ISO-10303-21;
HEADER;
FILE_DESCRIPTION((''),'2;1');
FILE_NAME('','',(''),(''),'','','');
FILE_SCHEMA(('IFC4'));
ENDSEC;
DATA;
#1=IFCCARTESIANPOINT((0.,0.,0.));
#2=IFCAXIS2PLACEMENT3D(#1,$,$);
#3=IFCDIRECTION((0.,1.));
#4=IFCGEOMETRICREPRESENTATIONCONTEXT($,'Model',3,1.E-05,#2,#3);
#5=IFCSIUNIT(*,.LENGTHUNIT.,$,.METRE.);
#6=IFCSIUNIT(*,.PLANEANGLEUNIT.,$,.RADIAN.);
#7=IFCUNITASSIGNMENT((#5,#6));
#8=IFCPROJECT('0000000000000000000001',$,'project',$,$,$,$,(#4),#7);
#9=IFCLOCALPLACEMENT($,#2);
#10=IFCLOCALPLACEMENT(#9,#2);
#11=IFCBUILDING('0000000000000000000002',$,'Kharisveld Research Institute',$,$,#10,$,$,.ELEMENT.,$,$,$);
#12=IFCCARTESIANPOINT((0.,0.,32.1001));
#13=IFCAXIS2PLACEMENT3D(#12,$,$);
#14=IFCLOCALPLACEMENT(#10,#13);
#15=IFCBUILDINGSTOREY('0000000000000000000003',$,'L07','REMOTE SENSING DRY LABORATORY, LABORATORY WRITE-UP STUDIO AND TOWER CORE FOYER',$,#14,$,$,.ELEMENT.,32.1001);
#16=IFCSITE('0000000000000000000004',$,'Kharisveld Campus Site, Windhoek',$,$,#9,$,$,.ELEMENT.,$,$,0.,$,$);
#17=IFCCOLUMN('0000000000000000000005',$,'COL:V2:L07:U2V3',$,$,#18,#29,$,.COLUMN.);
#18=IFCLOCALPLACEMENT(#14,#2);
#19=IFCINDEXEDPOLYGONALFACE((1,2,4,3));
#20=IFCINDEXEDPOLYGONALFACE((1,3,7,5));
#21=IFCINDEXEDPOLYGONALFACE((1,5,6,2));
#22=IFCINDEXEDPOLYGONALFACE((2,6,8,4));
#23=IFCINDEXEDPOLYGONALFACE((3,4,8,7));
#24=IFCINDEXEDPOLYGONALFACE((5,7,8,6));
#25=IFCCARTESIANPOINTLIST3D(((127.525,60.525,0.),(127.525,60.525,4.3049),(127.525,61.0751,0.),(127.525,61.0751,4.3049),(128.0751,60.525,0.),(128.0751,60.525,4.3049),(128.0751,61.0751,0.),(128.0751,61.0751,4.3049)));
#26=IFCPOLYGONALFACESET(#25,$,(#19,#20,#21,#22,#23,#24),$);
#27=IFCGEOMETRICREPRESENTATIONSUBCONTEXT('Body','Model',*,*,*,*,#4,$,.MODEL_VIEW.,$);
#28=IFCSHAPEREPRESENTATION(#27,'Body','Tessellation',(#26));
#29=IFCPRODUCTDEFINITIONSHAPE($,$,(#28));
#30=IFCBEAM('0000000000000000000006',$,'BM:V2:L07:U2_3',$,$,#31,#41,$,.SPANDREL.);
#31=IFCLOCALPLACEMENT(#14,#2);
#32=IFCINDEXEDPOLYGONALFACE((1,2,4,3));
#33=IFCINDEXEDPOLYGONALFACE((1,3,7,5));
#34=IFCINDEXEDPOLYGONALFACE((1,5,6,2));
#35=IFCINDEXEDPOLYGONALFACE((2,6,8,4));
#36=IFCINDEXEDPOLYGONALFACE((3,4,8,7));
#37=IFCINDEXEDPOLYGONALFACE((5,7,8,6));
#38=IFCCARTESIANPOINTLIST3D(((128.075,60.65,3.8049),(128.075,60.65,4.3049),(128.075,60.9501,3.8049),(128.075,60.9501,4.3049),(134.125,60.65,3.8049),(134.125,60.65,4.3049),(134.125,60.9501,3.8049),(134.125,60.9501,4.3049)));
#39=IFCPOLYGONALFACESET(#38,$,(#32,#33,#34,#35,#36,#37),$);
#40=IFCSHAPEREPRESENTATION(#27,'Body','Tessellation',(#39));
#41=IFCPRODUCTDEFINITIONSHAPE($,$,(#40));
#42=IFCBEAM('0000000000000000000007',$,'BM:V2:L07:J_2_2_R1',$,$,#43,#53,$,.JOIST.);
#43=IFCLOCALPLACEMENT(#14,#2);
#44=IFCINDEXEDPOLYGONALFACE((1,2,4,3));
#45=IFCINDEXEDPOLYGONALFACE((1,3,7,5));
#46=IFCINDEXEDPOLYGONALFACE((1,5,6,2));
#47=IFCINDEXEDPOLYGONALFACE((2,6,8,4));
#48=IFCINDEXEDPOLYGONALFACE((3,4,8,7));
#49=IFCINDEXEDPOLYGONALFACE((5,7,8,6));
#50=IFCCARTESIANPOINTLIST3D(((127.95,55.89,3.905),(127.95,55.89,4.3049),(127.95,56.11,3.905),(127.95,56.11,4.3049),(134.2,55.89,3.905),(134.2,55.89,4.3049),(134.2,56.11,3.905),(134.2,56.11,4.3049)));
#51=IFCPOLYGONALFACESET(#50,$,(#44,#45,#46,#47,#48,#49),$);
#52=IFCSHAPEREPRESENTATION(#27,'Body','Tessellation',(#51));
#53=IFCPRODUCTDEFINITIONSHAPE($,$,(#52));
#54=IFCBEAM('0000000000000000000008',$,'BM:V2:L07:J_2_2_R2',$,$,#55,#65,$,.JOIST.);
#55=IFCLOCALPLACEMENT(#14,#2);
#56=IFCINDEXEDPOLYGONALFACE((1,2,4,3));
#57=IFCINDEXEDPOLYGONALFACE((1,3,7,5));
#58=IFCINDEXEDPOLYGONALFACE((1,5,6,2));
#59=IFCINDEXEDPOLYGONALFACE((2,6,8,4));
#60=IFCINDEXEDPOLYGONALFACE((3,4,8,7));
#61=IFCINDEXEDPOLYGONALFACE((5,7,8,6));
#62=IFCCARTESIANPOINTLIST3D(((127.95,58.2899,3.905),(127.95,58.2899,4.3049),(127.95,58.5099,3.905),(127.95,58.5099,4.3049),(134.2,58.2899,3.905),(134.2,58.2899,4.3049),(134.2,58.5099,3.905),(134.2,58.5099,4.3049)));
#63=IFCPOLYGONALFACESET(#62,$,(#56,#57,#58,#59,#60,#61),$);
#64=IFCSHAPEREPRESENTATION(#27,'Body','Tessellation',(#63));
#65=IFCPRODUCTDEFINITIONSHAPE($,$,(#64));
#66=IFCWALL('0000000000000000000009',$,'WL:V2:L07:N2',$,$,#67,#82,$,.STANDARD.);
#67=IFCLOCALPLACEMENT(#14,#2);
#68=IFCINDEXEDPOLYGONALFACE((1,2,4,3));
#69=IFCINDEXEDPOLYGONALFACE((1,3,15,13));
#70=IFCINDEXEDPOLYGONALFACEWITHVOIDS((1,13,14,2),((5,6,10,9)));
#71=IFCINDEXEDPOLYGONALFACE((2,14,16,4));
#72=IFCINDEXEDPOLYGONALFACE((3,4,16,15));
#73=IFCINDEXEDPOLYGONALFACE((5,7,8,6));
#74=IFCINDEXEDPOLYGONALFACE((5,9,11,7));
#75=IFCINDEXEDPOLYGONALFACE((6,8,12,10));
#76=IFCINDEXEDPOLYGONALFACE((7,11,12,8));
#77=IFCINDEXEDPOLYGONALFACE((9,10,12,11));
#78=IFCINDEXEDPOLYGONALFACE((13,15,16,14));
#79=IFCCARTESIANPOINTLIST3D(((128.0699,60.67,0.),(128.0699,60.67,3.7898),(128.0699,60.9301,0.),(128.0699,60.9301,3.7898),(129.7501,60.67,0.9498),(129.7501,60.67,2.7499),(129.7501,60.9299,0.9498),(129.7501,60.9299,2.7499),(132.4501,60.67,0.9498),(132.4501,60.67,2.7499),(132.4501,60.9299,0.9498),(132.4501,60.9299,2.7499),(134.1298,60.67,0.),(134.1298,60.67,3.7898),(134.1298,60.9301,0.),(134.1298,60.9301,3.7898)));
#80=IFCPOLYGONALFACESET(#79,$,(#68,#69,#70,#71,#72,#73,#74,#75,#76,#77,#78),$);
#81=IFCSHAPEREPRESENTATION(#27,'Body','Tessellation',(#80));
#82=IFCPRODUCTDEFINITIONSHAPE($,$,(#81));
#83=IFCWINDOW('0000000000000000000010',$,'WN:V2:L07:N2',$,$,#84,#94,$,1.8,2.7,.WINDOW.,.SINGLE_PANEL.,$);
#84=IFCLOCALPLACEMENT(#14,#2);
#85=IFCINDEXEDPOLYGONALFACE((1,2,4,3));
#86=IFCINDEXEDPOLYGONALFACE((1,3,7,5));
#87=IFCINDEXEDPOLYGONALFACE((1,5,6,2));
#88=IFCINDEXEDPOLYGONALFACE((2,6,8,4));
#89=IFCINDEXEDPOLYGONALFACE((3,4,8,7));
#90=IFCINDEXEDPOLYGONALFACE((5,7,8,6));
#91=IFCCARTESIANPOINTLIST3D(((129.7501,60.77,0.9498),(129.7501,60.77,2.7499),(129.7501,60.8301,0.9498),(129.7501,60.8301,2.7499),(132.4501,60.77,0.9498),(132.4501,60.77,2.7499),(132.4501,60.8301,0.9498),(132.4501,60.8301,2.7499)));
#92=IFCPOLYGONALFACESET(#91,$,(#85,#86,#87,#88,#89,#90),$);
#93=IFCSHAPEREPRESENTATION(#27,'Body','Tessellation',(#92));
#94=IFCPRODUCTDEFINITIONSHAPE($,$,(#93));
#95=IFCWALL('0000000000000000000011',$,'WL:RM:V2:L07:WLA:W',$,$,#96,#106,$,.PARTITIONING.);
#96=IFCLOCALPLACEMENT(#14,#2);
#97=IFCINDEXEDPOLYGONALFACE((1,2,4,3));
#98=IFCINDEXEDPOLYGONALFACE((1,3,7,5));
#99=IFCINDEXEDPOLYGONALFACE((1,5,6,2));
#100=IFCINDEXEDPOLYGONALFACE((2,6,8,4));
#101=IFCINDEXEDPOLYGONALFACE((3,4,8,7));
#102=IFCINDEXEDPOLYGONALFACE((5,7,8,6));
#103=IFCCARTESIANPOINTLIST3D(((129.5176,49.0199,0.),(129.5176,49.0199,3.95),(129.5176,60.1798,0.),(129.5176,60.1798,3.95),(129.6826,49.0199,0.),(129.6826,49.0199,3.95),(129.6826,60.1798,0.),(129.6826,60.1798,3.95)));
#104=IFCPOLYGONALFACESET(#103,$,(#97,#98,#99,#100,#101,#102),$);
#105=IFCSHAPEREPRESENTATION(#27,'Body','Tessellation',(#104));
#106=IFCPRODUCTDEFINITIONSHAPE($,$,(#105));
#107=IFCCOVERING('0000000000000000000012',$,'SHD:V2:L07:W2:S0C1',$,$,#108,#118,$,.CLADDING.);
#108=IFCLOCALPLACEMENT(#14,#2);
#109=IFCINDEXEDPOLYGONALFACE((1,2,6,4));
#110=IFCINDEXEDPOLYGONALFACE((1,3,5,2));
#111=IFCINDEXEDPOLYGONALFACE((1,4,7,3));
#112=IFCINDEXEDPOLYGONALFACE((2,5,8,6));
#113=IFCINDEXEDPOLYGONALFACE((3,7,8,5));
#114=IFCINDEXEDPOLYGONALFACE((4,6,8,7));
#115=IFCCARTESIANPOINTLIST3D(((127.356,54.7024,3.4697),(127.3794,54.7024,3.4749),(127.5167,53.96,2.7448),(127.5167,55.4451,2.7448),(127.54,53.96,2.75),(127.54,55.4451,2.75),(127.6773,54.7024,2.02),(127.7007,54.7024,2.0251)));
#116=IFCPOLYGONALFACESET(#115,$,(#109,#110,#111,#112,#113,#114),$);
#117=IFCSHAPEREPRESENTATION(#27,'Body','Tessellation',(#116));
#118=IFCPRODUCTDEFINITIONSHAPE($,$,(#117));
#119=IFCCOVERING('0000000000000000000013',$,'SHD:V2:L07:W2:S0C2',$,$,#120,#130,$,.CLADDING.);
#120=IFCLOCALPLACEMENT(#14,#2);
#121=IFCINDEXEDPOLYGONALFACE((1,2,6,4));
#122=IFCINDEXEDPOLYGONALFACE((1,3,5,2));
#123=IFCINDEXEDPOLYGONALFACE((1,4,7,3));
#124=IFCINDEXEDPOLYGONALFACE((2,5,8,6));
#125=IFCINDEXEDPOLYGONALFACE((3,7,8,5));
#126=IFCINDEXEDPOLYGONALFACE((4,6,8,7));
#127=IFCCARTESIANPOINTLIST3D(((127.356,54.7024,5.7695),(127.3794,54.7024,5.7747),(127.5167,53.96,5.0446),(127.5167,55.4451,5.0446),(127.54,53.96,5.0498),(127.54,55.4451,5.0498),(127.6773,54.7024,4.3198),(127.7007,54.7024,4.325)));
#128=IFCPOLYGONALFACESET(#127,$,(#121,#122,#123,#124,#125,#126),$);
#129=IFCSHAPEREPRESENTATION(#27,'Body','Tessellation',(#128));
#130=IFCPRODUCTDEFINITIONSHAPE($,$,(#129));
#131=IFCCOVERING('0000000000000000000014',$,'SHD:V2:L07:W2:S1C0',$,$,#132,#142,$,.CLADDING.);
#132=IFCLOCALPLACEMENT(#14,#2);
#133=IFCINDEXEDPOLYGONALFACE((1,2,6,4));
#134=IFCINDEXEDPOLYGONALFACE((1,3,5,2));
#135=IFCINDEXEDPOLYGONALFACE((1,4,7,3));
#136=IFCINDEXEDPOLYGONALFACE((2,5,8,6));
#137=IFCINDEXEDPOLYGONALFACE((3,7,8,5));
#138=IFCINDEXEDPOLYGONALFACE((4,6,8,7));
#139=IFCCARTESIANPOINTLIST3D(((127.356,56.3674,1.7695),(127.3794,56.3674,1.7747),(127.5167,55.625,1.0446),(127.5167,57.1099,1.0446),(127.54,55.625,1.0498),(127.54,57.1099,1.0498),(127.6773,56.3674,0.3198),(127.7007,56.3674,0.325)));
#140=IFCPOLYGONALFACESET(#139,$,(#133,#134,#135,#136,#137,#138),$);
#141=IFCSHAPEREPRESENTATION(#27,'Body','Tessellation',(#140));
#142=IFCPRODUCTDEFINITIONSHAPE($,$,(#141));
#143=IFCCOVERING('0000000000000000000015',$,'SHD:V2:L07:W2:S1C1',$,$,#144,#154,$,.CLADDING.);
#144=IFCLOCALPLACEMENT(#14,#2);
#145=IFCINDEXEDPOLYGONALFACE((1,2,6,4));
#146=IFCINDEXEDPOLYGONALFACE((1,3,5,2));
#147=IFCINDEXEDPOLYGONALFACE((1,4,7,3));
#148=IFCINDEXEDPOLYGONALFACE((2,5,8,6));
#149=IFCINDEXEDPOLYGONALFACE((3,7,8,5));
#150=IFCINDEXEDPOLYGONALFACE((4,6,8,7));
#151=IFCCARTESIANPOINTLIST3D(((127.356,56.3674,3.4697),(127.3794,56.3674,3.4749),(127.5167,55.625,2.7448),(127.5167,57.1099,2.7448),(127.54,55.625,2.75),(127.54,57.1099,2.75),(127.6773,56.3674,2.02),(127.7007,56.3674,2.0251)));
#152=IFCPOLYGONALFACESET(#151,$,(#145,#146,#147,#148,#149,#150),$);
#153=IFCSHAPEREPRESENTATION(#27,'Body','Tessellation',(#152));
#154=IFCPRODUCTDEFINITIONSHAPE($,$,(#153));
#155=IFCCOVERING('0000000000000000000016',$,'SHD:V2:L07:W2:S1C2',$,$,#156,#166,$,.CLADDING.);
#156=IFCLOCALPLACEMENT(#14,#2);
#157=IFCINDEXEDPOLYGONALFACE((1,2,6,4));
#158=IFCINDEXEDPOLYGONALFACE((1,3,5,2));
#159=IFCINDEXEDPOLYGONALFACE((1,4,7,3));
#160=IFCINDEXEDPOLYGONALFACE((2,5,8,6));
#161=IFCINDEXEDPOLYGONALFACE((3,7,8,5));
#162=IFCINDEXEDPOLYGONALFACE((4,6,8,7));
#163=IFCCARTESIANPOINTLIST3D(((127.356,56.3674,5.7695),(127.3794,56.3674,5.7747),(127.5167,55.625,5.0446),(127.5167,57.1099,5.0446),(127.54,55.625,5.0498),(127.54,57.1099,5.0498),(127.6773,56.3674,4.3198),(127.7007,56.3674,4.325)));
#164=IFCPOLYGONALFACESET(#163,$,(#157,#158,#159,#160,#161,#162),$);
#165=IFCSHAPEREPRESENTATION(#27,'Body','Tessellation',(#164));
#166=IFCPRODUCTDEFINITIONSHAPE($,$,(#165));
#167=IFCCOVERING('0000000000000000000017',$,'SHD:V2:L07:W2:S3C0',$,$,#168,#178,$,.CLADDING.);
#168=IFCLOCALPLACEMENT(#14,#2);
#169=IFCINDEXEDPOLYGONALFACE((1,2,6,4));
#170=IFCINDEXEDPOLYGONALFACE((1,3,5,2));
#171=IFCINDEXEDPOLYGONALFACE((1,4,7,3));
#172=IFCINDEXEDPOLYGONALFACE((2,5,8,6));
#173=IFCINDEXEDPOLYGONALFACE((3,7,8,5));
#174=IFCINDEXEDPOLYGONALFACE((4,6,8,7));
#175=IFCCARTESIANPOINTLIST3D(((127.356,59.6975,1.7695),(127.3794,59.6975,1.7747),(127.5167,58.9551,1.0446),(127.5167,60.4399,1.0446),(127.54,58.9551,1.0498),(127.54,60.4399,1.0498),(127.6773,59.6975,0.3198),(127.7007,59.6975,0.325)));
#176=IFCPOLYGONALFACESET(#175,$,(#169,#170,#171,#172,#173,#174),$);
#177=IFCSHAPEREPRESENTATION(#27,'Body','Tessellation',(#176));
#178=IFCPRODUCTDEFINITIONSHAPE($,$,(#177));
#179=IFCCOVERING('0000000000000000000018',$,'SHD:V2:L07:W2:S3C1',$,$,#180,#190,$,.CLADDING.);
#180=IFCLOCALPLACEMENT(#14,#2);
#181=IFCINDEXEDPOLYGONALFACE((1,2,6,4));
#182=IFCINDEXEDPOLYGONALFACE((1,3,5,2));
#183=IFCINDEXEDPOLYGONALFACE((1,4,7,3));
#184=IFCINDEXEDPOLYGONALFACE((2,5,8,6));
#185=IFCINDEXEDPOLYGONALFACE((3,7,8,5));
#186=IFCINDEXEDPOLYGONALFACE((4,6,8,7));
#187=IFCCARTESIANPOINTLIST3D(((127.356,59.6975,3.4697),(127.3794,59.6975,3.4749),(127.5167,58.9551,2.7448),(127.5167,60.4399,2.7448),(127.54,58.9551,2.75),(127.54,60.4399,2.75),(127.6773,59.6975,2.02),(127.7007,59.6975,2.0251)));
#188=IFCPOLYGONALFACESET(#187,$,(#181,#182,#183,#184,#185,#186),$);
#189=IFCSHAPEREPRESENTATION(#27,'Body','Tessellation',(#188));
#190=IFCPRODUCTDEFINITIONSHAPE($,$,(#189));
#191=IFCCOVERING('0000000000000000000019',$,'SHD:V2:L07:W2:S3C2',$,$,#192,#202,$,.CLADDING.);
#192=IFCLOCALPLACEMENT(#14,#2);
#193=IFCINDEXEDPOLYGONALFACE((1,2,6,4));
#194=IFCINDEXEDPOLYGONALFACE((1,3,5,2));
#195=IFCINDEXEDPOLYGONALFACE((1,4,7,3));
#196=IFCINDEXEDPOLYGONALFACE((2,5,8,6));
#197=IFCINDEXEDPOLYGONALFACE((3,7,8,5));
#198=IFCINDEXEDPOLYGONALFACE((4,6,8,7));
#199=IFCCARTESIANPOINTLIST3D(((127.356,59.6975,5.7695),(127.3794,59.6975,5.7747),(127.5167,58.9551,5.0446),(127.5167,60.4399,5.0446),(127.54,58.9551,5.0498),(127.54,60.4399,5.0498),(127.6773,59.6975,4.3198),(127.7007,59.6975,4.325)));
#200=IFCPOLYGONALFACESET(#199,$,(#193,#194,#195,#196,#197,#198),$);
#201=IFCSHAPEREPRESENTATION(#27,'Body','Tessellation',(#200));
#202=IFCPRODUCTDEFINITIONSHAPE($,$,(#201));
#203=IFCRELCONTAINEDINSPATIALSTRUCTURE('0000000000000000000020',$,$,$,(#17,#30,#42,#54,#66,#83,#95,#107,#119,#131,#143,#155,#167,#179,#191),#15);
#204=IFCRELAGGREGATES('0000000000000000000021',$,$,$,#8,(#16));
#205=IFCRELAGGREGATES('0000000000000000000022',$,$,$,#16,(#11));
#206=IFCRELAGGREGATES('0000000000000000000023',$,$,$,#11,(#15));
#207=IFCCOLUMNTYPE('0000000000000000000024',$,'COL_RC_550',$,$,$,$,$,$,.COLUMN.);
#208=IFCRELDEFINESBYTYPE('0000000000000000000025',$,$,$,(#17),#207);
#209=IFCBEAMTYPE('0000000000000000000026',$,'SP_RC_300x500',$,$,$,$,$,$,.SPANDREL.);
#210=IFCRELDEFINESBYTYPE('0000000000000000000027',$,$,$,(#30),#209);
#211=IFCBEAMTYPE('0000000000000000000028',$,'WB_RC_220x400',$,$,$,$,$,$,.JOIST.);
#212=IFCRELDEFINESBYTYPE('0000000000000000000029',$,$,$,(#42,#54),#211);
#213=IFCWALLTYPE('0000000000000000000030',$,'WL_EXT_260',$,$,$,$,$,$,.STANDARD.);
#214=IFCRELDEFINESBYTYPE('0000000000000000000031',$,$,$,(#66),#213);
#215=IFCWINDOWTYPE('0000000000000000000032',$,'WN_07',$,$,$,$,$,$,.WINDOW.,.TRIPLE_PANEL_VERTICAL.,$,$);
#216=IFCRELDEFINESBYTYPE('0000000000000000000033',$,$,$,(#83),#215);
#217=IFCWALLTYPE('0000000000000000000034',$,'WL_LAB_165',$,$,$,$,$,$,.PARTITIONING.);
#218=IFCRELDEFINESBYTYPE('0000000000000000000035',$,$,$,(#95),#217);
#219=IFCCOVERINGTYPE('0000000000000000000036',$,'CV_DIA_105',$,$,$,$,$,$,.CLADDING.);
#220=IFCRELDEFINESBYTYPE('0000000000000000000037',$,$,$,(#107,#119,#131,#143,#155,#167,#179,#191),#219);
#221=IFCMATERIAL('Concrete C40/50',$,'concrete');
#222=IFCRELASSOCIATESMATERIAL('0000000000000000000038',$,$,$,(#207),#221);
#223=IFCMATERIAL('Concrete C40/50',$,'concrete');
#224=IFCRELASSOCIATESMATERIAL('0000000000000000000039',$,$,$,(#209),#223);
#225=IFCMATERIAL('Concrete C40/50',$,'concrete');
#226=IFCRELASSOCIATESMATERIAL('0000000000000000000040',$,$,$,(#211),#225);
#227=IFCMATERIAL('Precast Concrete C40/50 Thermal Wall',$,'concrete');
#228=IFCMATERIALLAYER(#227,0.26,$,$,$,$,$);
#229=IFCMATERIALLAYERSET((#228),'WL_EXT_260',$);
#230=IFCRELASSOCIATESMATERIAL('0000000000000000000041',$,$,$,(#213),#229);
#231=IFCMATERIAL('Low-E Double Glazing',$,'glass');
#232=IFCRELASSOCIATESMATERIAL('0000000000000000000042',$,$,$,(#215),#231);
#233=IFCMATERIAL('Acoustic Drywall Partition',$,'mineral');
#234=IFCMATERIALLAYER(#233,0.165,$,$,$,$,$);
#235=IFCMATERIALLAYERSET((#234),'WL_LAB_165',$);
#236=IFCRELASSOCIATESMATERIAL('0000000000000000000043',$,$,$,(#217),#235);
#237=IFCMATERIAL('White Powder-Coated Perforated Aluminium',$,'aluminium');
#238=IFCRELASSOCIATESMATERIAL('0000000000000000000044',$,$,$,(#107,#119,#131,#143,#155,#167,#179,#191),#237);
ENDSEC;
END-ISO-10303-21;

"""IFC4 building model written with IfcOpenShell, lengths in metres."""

from ifc_helpers import new_model, si_unit, direction, frame, frame_2d, origin, origin_2d, place, context, subcontext, project, spatial, polyline, rectangle, outline, extrude, material, layer, layer_set, material_profile, profile_set, type_object, element, fill, save


model = new_model("IFC4")

# Units and contexts
model_context = context("Model", 3, precision=1e-05, world=origin(), true_north=direction((0.0, 1.0)))
body_context = subcontext(model_context, "Body", "Model", "MODEL_VIEW")
ifc_project = project(units=[si_unit("LENGTHUNIT", "METRE"), si_unit("PLANEANGLEUNIT", "RADIAN")], contexts=[model_context])

# Site, building, storey
site_placement = place(None, origin())
site = spatial("IfcSite", under=ifc_project, at=site_placement, Name="Kharisveld Campus Site, Windhoek", CompositionType="ELEMENT", RefElevation=0.0)
building_placement = place(site_placement, origin())
building = spatial("IfcBuilding", under=site, at=building_placement, Name="Kharisveld Research Institute", CompositionType="ELEMENT")
storey_placement = place(building_placement, frame((0.0, 0.0, 32.1001)))
storey = spatial("IfcBuildingStorey", under=building, at=storey_placement, Name="L07", Description="REMOTE SENSING DRY LABORATORY, LABORATORY WRITE-UP STUDIO AND TOWER CORE FOYER", CompositionType="ELEMENT", Elevation=32.1001)

# Column
ifc_material_1 = material(Name="Concrete C40/50", Category="concrete")
ifc_material_profile_1 = material_profile(ifc_material_1, rectangle(XDim=0.55, YDim=0.55, at=origin_2d()))
ifc_profile_set_1 = profile_set([ifc_material_profile_1], Name="Concrete C40/50")
column_type = type_object("IfcColumnType", Name="COL_RC_550", PredefinedType="COLUMN", material=ifc_profile_set_1)
column_placement = place(storey_placement, frame((127.8, 60.8, 0.0), z_axis=(0.0, 0.0, 1.0), x_axis=(1.0, 0.0, 0.0)))
element("IfcColumn", 1, at=column_placement, inside=storey, type_object=column_type, Name="COL:V2:L07:U2V3", PredefinedType="COLUMN", context=body_context, shape_type="SweptSolid", body=[
    extrude(rectangle(XDim=0.55, YDim=0.55, at=origin_2d()), origin(), (0.0, 0.0, 1.0), 4.3049),
])

# Beams
ifc_material_2 = material(Name="Concrete C40/50", Category="concrete")
ifc_material_profile_2 = material_profile(ifc_material_2, rectangle(XDim=0.3, YDim=0.5, at=origin_2d()))
ifc_profile_set_2 = profile_set([ifc_material_profile_2], Name="Concrete C40/50")
beam_type_1 = type_object("IfcBeamType", Name="SP_RC_300x500", PredefinedType="SPANDREL", material=ifc_profile_set_2)
beam_placement = place(storey_placement, frame((128.075, 60.8, 4.0549), z_axis=(1.0, 0.0, 0.0), x_axis=(0.0, 1.0, 0.0)))
element("IfcBeam", 2, at=beam_placement, inside=storey, type_object=beam_type_1, Name="BM:V2:L07:U2_3", PredefinedType="SPANDREL", context=body_context, shape_type="SweptSolid", body=[
    extrude(rectangle(XDim=0.3, YDim=0.5, at=origin_2d()), origin(), (0.0, 0.0, 1.0), 6.05),
])
ifc_material_3 = material(Name="Concrete C40/50", Category="concrete")
ifc_material_profile_3 = material_profile(ifc_material_3, rectangle(XDim=0.22, YDim=0.3999, at=origin_2d()))
ifc_profile_set_3 = profile_set([ifc_material_profile_3], Name="Concrete C40/50")
beam_type_2 = type_object("IfcBeamType", Name="WB_RC_220x400", PredefinedType="JOIST", material=ifc_profile_set_3)
for number, where, z_axis, x_axis, name in (
    (3, (127.95, 56.0, 4.105), (1.0, 0.0, 0.0), (0.0, 1.0, 0.0), "BM:V2:L07:J_2_2_R1"),
    (4, (127.95, 58.3999, 4.105), (1.0, 0.0, 0.0), (0.0, 1.0, 0.0), "BM:V2:L07:J_2_2_R2"),
):
    element("IfcBeam", number, at=place(storey_placement, frame(where, z_axis=z_axis, x_axis=x_axis)), inside=storey, type_object=beam_type_2, Name=name, PredefinedType="JOIST", context=body_context, shape_type="SweptSolid", body=[
        extrude(rectangle(XDim=0.22, YDim=0.3999, at=origin_2d()), origin(), (0.0, 0.0, 1.0), 6.25),
    ])

# Wall, opening, window
ifc_material_4 = material(Name="Precast Concrete C40/50 Thermal Wall", Category="concrete")
ifc_layer_1 = layer(ifc_material_4, 0.26)
ifc_layer_set_1 = layer_set([ifc_layer_1], Name="WL_EXT_260")
wall_type_1 = type_object("IfcWallType", Name="WL_EXT_260", PredefinedType="STANDARD", material=ifc_layer_set_1)
wall_1_placement = place(storey_placement, frame((128.0701, 60.8, 0.0), z_axis=(0.0, 0.0, 1.0), x_axis=(1.0, 0.0, 0.0)))
wall_1 = element("IfcWall", 5, at=wall_1_placement, inside=storey, type_object=wall_type_1, Name="WL:V2:L07:N2", PredefinedType="STANDARD", context=body_context, shape_type="SweptSolid", body=[
    extrude(rectangle(XDim=6.0598, YDim=0.26, at=frame_2d((3.0298, 0.0))), origin(), (0.0, 0.0, 1.0), 3.7898),
])
opening_placement = place(wall_1_placement, frame((1.6799, 0.0, 0.95)))
opening = element("IfcOpeningElement", 6, at=opening_placement, cuts=wall_1, PredefinedType="OPENING", context=body_context, shape_type="SweptSolid", body=[
    extrude(rectangle(XDim=2.7, YDim=1.8, at=frame_2d((1.3501, 0.8999))), frame((0.0, 0.1299, 0.0), z_axis=(0.0, -1.0, 0.0), x_axis=(1.0, 0.0, 0.0)), (0.0, 0.0, 1.0), 0.26),
])
ifc_material_5 = material(Name="Low-E Double Glazing", Category="glass")
window_type = type_object("IfcWindowType", Name="WN_07", PartitioningType="TRIPLE_PANEL_VERTICAL", PredefinedType="WINDOW", material=ifc_material_5)
window_placement = place(opening_placement, origin())
window = element("IfcWindow", 7, at=window_placement, inside=storey, type_object=window_type, Name="WN:V2:L07:N2", OverallHeight=1.8, OverallWidth=2.7, PartitioningType="SINGLE_PANEL", PredefinedType="WINDOW", context=body_context, shape_type="SweptSolid", body=[
    extrude(rectangle(XDim=2.7, YDim=1.8, at=frame_2d((1.3501, 0.8999))), frame((0.0, 0.03, 0.0), z_axis=(0.0, -1.0, 0.0), x_axis=(1.0, 0.0, 0.0)), (0.0, 0.0, 1.0), 0.0601),
])
fill(opening, window)

# Wall
ifc_material_6 = material(Name="Acoustic Drywall Partition", Category="mineral")
ifc_layer_2 = layer(ifc_material_6, 0.165)
ifc_layer_set_2 = layer_set([ifc_layer_2], Name="WL_LAB_165")
wall_type_2 = type_object("IfcWallType", Name="WL_LAB_165", PredefinedType="PARTITIONING", material=ifc_layer_set_2)
wall_2_placement = place(storey_placement, frame((129.6001, 60.1799, 0.0), z_axis=(0.0, 0.0, 1.0), x_axis=(0.0, -1.0, 0.0)))
element("IfcWall", 8, at=wall_2_placement, inside=storey, type_object=wall_type_2, Name="WL:RM:V2:L07:WLA:W", PredefinedType="PARTITIONING", context=body_context, shape_type="SweptSolid", body=[
    extrude(rectangle(XDim=11.1599, YDim=0.165, at=frame_2d((5.5801, 0.0))), origin(), (0.0, 0.0, 1.0), 3.95),
])

# Coverings
ifc_material_7 = material(Name="White Powder-Coated Perforated Aluminium", Category="aluminium")
covering_type = type_object("IfcCoveringType", Name="CV_DIA_105", PredefinedType="CLADDING")
for number, where, z_axis, x_axis, name in (
    (9, (127.7007, 54.7024, 2.0251), (0.976311, 0.0, 0.216373), (-0.152975, 0.707218, 0.690247), "SHD:V2:L07:W2:S0C1"),
    (10, (127.7007, 54.7024, 4.325), (0.976311, 0.0, 0.216373), (-0.152975, 0.707218, 0.690247), "SHD:V2:L07:W2:S0C2"),
):
    element("IfcCovering", number, at=place(storey_placement, frame(where, z_axis=z_axis, x_axis=x_axis)), inside=storey, type_object=covering_type, material=ifc_material_7, Name=name, PredefinedType="CLADDING", context=body_context, shape_type="SweptSolid", body=[
        extrude(outline(polyline([(0.0, 0.0), (1.0501, 0.0), (1.0498, 1.0501), (-0.0002, 1.05), (0.0, 0.0)])), origin(), (0.0, 0.0, -1.0), 0.0239),
    ])
for number, where, z_axis, x_axis, name in (
    (11, (127.7007, 56.3674, 0.325), (0.976311, 0.0, 0.216373), (-0.153, 0.707102, 0.69036), "SHD:V2:L07:W2:S1C0"),
    (12, (127.7007, 56.3674, 2.0251), (0.976311, 0.0, 0.216373), (-0.153, 0.707102, 0.69036), "SHD:V2:L07:W2:S1C1"),
    (13, (127.7007, 56.3674, 4.325), (0.976311, 0.0, 0.216373), (-0.153, 0.707102, 0.69036), "SHD:V2:L07:W2:S1C2"),
    (14, (127.7007, 59.6975, 0.325), (0.976311, 0.0, 0.216373), (-0.153, 0.707102, 0.69036), "SHD:V2:L07:W2:S3C0"),
    (15, (127.7007, 59.6975, 2.0251), (0.976311, 0.0, 0.216373), (-0.153, 0.707102, 0.69036), "SHD:V2:L07:W2:S3C1"),
    (16, (127.7007, 59.6975, 4.325), (0.976311, 0.0, 0.216373), (-0.153, 0.707102, 0.69036), "SHD:V2:L07:W2:S3C2"),
):
    element("IfcCovering", number, at=place(storey_placement, frame(where, z_axis=z_axis, x_axis=x_axis)), inside=storey, type_object=covering_type, material=ifc_material_7, Name=name, PredefinedType="CLADDING", context=body_context, shape_type="SweptSolid", body=[
        extrude(outline(polyline([(0.0, 0.0), (1.05, 0.0), (1.05, 1.05), (0.0, 1.05), (0.0, 0.0)])), origin(), (0.0, 0.0, -1.0), 0.0239),
    ])

save(model, "model.ifc")
